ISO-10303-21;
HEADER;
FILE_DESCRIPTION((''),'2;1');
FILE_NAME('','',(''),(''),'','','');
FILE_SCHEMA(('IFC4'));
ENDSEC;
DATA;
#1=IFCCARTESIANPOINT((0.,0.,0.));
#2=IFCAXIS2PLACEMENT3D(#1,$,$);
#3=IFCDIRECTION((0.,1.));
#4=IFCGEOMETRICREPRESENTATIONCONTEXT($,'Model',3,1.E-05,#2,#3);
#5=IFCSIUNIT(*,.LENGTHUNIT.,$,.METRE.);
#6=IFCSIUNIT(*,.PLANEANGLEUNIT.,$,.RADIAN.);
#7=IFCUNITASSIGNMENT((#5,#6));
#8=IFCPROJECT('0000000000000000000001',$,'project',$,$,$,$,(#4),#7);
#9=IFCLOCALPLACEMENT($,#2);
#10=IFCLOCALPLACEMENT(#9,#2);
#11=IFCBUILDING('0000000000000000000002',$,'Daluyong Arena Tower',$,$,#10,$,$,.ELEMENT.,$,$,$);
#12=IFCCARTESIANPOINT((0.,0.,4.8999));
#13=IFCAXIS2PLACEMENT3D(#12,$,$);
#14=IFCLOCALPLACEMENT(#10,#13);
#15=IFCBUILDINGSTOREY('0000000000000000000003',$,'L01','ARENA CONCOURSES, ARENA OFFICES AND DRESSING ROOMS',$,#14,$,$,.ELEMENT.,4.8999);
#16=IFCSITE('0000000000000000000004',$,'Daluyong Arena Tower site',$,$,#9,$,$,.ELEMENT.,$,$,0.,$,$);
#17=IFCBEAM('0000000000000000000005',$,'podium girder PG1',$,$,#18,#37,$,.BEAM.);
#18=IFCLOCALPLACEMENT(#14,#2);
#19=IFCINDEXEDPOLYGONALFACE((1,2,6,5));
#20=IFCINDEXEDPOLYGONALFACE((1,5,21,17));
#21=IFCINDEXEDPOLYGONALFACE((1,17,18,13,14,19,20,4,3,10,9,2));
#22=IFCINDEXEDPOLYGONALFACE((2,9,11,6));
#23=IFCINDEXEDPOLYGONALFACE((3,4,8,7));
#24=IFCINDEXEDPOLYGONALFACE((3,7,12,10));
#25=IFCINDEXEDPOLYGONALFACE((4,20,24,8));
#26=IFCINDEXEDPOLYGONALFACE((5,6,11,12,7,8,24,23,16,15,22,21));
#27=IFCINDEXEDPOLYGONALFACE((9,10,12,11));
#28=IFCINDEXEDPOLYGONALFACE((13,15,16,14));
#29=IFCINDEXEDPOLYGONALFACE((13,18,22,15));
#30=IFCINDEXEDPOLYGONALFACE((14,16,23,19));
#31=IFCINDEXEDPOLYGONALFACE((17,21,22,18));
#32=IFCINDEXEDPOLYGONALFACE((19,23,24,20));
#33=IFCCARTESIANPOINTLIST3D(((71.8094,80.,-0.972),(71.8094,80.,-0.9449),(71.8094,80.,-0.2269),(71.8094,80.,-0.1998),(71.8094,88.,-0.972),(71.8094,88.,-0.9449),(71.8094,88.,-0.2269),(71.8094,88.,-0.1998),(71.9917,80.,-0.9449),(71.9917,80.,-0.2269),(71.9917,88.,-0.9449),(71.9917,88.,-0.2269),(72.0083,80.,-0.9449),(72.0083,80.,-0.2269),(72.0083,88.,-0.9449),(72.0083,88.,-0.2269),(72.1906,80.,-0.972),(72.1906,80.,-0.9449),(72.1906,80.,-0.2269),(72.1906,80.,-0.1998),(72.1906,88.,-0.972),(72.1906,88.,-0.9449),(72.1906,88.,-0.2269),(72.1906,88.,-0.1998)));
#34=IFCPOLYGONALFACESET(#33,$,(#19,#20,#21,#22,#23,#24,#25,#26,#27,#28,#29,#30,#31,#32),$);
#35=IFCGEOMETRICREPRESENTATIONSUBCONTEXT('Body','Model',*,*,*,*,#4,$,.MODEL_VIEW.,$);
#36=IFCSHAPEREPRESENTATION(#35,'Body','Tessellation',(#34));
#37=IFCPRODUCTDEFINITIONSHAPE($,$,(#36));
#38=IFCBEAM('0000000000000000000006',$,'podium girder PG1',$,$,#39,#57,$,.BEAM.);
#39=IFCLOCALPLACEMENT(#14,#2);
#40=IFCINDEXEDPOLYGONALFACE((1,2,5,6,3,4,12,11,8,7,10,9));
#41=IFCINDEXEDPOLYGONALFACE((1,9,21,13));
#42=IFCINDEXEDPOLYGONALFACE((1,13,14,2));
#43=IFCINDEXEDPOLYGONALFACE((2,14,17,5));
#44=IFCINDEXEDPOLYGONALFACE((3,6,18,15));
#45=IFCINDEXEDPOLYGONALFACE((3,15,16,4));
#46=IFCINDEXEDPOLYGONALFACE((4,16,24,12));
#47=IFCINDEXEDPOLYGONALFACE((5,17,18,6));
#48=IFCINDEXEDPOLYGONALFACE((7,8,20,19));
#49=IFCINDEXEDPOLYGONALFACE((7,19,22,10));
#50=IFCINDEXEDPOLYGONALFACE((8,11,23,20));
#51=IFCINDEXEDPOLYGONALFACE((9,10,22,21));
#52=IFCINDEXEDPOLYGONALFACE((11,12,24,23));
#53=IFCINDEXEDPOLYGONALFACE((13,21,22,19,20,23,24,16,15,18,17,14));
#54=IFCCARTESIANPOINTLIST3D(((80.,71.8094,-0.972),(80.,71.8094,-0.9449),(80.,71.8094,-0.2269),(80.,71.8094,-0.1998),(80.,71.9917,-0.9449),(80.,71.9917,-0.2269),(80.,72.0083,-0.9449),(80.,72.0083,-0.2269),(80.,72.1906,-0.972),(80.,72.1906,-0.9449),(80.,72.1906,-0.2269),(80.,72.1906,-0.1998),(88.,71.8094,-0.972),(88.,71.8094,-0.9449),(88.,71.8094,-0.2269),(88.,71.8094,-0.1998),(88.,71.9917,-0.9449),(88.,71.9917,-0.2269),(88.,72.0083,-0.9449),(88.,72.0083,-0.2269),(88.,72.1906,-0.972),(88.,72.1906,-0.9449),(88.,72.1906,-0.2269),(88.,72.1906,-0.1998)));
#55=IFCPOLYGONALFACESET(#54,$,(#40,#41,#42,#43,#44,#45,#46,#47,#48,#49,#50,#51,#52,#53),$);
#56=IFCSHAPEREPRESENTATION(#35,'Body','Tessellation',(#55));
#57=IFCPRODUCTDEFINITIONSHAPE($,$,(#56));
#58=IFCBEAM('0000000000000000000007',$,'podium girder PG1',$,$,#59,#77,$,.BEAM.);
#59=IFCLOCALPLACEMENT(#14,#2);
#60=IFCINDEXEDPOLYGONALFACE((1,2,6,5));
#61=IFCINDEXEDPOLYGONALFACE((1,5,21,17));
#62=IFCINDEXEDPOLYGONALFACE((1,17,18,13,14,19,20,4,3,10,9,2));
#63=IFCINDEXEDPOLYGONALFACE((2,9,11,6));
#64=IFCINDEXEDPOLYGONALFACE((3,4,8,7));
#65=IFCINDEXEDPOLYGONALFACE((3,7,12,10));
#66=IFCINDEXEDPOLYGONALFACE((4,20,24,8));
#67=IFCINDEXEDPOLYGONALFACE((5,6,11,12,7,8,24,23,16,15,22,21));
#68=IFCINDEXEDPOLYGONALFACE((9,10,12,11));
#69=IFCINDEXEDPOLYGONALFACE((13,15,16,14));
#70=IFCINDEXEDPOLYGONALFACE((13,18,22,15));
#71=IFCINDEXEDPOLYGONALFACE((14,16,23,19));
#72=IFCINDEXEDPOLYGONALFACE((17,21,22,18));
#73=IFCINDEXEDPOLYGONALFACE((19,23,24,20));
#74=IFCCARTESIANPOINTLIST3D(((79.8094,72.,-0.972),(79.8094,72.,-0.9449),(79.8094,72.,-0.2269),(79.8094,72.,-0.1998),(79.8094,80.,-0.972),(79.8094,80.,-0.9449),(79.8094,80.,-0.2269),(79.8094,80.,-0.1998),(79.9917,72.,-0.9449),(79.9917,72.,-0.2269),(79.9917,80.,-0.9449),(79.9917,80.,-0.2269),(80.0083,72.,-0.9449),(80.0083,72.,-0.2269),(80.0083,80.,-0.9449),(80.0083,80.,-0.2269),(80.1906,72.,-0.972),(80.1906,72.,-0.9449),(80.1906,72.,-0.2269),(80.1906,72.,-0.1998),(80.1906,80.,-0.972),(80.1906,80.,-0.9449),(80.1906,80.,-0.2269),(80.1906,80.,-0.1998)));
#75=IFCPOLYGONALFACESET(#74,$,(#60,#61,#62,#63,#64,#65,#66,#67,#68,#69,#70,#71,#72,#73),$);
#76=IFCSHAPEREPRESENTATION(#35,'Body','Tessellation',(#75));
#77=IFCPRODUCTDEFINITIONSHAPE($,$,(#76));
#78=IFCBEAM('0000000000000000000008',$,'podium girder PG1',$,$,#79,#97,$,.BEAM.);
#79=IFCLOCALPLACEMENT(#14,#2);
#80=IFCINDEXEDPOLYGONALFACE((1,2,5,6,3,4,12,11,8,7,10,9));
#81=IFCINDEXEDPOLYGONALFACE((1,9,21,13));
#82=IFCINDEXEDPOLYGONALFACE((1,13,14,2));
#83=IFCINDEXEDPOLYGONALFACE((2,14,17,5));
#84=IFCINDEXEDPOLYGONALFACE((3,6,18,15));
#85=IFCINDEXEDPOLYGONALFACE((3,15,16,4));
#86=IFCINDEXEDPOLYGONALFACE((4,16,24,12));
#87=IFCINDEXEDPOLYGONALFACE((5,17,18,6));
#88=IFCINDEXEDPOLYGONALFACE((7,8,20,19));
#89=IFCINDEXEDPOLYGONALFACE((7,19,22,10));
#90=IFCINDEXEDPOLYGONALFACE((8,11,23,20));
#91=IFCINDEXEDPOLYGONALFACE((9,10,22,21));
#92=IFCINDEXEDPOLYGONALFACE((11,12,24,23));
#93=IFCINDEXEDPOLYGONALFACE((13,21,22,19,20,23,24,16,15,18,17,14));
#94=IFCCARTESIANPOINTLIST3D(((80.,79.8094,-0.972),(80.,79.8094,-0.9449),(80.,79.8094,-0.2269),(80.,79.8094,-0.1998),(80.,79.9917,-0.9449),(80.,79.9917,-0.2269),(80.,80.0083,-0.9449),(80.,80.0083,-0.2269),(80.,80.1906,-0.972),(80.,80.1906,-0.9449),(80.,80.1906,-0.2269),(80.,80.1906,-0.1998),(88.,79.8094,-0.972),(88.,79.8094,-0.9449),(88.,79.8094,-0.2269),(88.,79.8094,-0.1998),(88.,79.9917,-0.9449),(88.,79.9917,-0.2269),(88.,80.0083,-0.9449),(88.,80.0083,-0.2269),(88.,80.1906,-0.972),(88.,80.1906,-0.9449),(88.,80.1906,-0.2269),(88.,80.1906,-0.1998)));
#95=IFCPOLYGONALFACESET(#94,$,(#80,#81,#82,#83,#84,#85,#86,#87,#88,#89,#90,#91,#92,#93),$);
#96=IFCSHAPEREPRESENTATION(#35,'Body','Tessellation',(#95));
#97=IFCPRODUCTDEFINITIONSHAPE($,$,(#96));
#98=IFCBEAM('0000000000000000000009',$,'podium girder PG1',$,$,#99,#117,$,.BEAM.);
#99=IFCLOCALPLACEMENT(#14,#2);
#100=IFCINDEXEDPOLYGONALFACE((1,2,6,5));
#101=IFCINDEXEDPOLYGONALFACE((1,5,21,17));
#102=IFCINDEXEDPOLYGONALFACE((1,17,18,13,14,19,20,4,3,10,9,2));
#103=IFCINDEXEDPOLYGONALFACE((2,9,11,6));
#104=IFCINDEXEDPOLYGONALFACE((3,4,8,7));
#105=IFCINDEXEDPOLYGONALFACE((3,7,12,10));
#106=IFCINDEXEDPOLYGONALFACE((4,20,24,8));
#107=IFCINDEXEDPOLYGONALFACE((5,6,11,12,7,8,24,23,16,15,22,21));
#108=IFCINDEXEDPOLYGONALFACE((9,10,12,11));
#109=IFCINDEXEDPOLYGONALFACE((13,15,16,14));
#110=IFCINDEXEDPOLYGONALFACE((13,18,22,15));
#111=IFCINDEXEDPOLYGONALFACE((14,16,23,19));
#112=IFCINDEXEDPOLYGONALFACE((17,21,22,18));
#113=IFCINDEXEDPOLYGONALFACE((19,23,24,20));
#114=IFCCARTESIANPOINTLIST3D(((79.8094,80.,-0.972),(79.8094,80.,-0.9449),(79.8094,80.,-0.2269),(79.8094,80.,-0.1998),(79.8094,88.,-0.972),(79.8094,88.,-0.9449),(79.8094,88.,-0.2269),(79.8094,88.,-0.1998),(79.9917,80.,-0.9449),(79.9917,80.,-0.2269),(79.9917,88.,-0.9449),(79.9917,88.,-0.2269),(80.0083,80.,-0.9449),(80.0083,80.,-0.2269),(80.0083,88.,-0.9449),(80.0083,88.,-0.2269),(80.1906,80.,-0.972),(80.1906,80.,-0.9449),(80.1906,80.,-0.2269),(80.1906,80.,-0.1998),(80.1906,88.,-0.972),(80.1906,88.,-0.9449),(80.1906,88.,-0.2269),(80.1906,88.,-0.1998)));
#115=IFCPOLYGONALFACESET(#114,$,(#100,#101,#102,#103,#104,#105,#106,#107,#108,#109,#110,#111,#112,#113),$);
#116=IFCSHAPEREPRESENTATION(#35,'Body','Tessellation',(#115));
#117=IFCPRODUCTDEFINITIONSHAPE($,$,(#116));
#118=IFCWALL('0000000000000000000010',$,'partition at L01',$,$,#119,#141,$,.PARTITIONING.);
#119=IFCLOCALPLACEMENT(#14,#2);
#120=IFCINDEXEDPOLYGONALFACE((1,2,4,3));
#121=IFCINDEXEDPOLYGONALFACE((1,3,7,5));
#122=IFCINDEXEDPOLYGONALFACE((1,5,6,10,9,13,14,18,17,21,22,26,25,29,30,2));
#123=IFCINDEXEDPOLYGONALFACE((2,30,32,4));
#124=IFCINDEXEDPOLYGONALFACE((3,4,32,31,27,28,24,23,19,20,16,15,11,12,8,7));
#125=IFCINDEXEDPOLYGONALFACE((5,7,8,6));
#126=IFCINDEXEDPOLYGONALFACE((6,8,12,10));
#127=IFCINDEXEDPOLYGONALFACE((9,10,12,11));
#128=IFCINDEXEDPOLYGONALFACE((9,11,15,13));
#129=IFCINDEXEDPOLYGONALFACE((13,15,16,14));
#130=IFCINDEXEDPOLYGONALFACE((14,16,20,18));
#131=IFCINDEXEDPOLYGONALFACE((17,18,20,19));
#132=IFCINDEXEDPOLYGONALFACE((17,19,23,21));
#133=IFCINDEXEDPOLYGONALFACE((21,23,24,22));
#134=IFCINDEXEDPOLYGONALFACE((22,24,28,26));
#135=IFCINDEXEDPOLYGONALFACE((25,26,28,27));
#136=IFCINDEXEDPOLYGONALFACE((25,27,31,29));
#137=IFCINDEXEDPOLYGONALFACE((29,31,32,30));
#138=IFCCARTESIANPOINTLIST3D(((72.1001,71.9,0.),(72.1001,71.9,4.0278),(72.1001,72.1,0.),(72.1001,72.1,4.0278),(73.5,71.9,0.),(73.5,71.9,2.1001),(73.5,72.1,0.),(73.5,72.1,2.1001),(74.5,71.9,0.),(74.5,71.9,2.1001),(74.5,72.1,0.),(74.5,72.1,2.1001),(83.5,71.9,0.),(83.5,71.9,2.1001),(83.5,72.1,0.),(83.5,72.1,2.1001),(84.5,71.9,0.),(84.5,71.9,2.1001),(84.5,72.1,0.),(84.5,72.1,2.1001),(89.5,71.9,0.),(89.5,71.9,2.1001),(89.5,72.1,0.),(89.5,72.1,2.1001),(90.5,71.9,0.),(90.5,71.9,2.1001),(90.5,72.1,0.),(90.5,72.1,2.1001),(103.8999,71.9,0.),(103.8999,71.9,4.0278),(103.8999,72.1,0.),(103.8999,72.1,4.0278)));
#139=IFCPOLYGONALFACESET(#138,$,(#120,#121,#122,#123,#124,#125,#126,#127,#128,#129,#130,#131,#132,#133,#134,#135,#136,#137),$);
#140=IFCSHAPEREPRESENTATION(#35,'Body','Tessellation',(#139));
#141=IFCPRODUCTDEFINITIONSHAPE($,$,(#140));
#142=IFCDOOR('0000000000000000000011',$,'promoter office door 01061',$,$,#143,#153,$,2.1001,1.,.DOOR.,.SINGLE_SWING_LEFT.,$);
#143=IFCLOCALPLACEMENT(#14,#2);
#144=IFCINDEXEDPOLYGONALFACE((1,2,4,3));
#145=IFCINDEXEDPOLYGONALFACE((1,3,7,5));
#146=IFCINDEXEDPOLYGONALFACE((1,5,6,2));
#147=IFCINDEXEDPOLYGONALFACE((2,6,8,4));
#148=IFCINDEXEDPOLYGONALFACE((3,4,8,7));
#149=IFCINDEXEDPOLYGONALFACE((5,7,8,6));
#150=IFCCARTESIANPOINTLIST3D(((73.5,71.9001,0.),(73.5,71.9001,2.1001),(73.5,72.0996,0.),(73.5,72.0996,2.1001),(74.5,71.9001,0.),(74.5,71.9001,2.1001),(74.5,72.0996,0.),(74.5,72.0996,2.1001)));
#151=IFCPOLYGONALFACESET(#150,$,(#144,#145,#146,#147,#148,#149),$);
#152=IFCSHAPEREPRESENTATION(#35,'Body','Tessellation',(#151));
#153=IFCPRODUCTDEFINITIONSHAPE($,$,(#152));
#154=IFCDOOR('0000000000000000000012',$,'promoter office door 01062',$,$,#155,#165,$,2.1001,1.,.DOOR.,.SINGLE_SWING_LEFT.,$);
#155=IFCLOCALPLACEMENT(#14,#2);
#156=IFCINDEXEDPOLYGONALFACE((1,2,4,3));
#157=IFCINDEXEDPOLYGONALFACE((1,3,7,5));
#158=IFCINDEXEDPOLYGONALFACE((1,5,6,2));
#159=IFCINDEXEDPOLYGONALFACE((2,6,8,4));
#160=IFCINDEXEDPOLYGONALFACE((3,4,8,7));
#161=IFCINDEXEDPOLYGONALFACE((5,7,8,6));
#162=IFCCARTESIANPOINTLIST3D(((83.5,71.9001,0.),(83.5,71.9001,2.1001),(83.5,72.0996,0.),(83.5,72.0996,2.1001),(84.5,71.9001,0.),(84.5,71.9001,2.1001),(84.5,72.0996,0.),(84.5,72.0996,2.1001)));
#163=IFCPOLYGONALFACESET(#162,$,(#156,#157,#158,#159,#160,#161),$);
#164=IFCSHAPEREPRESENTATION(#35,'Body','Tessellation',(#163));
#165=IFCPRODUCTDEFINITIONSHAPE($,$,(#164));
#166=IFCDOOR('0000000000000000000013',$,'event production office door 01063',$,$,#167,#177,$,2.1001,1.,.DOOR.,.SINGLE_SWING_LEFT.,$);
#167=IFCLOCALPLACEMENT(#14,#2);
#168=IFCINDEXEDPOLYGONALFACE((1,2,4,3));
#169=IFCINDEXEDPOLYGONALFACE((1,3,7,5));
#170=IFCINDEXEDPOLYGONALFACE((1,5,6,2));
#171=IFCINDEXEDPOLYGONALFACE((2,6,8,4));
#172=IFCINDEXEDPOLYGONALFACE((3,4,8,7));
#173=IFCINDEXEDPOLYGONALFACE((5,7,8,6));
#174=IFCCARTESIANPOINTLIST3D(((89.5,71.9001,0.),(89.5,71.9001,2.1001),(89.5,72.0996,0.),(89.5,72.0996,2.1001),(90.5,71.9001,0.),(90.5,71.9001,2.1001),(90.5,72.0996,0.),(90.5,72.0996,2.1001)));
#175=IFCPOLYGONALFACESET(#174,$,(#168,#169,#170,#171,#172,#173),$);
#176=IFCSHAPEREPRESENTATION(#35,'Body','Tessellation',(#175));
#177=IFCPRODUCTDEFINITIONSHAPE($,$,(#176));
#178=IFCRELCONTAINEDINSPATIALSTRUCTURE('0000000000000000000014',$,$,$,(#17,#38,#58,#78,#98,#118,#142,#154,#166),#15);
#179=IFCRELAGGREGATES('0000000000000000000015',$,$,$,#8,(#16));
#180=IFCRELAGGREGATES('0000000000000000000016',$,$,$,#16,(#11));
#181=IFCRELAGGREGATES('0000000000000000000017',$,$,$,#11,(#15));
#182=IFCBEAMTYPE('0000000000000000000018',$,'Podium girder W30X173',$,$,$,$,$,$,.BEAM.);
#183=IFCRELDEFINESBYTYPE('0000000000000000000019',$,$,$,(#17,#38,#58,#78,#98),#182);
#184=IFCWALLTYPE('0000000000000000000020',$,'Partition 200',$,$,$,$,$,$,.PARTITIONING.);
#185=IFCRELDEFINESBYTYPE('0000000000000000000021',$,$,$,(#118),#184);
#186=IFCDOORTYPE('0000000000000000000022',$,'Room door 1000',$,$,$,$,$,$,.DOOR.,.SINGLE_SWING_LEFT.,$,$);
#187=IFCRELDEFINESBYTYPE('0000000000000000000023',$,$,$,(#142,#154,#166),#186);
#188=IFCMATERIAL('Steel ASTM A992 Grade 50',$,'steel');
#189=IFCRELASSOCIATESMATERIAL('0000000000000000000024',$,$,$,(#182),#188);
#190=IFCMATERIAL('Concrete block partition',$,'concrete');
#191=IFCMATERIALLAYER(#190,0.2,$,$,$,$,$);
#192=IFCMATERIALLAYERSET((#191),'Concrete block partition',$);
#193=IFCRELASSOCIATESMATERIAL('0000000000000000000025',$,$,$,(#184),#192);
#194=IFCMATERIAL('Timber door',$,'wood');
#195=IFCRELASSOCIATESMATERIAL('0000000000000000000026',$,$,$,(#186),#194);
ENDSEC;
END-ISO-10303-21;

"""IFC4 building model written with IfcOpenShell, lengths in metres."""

from ifc_helpers import new_model, si_unit, direction, frame, frame_2d, origin, origin_2d, place, context, subcontext, project, spatial, rectangle, i_section, extrude, material, layer, layer_set, material_profile, profile_set, type_object, element, fill, save


model = new_model("IFC4")

# Units and contexts
model_context = context("Model", 3, precision=1e-05, world=origin(), true_north=direction((0.0, 1.0)))
body_context = subcontext(model_context, "Body", "Model", "MODEL_VIEW")
ifc_project = project(units=[si_unit("LENGTHUNIT", "METRE"), si_unit("PLANEANGLEUNIT", "RADIAN")], contexts=[model_context])

# Site, building, storey
site_placement = place(None, origin())
site = spatial("IfcSite", under=ifc_project, at=site_placement, Name="Daluyong Arena Tower site", CompositionType="ELEMENT", RefElevation=0.0)
building_placement = place(site_placement, origin())
building = spatial("IfcBuilding", under=site, at=building_placement, Name="Daluyong Arena Tower", CompositionType="ELEMENT")
storey_placement = place(building_placement, frame((0.0, 0.0, 4.8999)))
storey = spatial("IfcBuildingStorey", under=building, at=storey_placement, Name="L01", Description="ARENA CONCOURSES, ARENA OFFICES AND DRESSING ROOMS", CompositionType="ELEMENT", Elevation=4.8999)

# Beams
ifc_material_1 = material(Name="Steel ASTM A992 Grade 50", Category="steel")
ifc_material_profile_1 = material_profile(ifc_material_1, i_section(OverallWidth=0.3811, OverallDepth=0.7722, WebThickness=0.0166, FlangeThickness=0.0271, at=origin_2d()))
ifc_profile_set_1 = profile_set([ifc_material_profile_1], Name="Steel ASTM A992 Grade 50")
beam_type_1 = type_object("IfcBeamType", Name="Podium girder W30X173", PredefinedType="BEAM", material=ifc_profile_set_1)
for number, where, z_axis, x_axis, name in (
    (1, (72.0, 80.0, -0.5859), (0.0, 1.0, 0.0), (-1.0, 0.0, 0.0), "podium girder PG1"),
    (2, (80.0, 72.0, -0.5859), (1.0, 0.0, 0.0), (0.0, 1.0, 0.0), "podium girder PG1"),
    (3, (80.0, 72.0, -0.5859), (0.0, 1.0, 0.0), (-1.0, 0.0, 0.0), "podium girder PG1"),
    (4, (80.0, 80.0, -0.5859), (1.0, 0.0, 0.0), (0.0, 1.0, 0.0), "podium girder PG1"),
    (5, (80.0, 80.0, -0.5859), (0.0, 1.0, 0.0), (-1.0, 0.0, 0.0), "podium girder PG1"),
):
    element("IfcBeam", number, at=place(storey_placement, frame(where, z_axis=z_axis, x_axis=x_axis)), inside=storey, type_object=beam_type_1, Name=name, PredefinedType="BEAM", context=body_context, shape_type="SweptSolid", body=[
        extrude(i_section(OverallWidth=0.3811, OverallDepth=0.7722, WebThickness=0.0166, FlangeThickness=0.0271, at=origin_2d()), origin(), (0.0, 0.0, 1.0), 8.0),
    ])

# Wall, openings, doors
ifc_material_2 = material(Name="Concrete block partition", Category="concrete")
ifc_layer = layer(ifc_material_2, 0.2)
ifc_layer_set = layer_set([ifc_layer], Name="Concrete block partition")
wall_type = type_object("IfcWallType", Name="Partition 200", PredefinedType="PARTITIONING", material=ifc_layer_set)
wall_1_placement = place(storey_placement, frame((72.1001, 72.0, 0.0), z_axis=(0.0, 0.0, 1.0), x_axis=(1.0, 0.0, 0.0)))
wall_1 = element("IfcWall", 6, at=wall_1_placement, inside=storey, type_object=wall_type, Name="partition at L01", PredefinedType="PARTITIONING", context=body_context, shape_type="SweptSolid", body=[
    extrude(rectangle(XDim=31.7998, YDim=0.2, at=frame_2d((15.8999, 0.0))), origin(), (0.0, 0.0, 1.0), 4.0278),
])
opening_1_placement = place(wall_1_placement, frame((1.3999, 0.0, 0.0)))
opening_1 = element("IfcOpeningElement", 7, at=opening_1_placement, cuts=wall_1, PredefinedType="OPENING", context=body_context, shape_type="SweptSolid", body=[
    extrude(rectangle(XDim=1.0, YDim=2.1001, at=frame_2d((0.5, 1.05))), frame((0.0, 0.1099, 0.0), z_axis=(0.0, -1.0, 0.0), x_axis=(1.0, 0.0, 0.0)), (0.0, 0.0, 1.0), 0.22),
])
opening_2_placement = place(wall_1_placement, frame((11.3999, 0.0, 0.0)))
opening_2 = element("IfcOpeningElement", 8, at=opening_2_placement, cuts=wall_1, PredefinedType="OPENING", context=body_context, shape_type="SweptSolid", body=[
    extrude(rectangle(XDim=1.0, YDim=2.1001, at=frame_2d((0.5, 1.05))), frame((0.0, 0.1099, 0.0), z_axis=(0.0, -1.0, 0.0), x_axis=(1.0, 0.0, 0.0)), (0.0, 0.0, 1.0), 0.22),
])
opening_3_placement = place(wall_1_placement, frame((17.3999, 0.0, 0.0)))
opening_3 = element("IfcOpeningElement", 9, at=opening_3_placement, cuts=wall_1, PredefinedType="OPENING", context=body_context, shape_type="SweptSolid", body=[
    extrude(rectangle(XDim=1.0, YDim=2.1001, at=frame_2d((0.5, 1.05))), frame((0.0, 0.1099, 0.0), z_axis=(0.0, -1.0, 0.0), x_axis=(1.0, 0.0, 0.0)), (0.0, 0.0, 1.0), 0.22),
])
ifc_material_3 = material(Name="Timber door", Category="wood")
door_type = type_object("IfcDoorType", Name="Room door 1000", OperationType="SINGLE_SWING_LEFT", PredefinedType="DOOR", material=ifc_material_3)
door_1_placement = place(opening_1_placement, origin())
door_1 = element("IfcDoor", 10, at=door_1_placement, inside=storey, type_object=door_type, Name="promoter office door 01061", OperationType="SINGLE_SWING_LEFT", OverallHeight=2.1001, OverallWidth=1.0, PredefinedType="DOOR", context=body_context, shape_type="SweptSolid", body=[
    extrude(rectangle(XDim=1.0, YDim=2.1001, at=frame_2d((0.5, 1.05))), frame((0.0, 0.0996, 0.0), z_axis=(0.0, -1.0, 0.0), x_axis=(1.0, 0.0, 0.0)), (0.0, 0.0, 1.0), 0.1995),
])
fill(opening_1, door_1)
door_2_placement = place(opening_2_placement, origin())
door_2 = element("IfcDoor", 11, at=door_2_placement, inside=storey, type_object=door_type, Name="promoter office door 01062", OperationType="SINGLE_SWING_LEFT", OverallHeight=2.1001, OverallWidth=1.0, PredefinedType="DOOR", context=body_context, shape_type="SweptSolid", body=[
    extrude(rectangle(XDim=1.0, YDim=2.1001, at=frame_2d((0.5, 1.05))), frame((0.0, 0.0996, 0.0), z_axis=(0.0, -1.0, 0.0), x_axis=(1.0, 0.0, 0.0)), (0.0, 0.0, 1.0), 0.1995),
])
fill(opening_2, door_2)
door_3_placement = place(opening_3_placement, origin())
door_3 = element("IfcDoor", 12, at=door_3_placement, inside=storey, type_object=door_type, Name="event production office door 01063", OperationType="SINGLE_SWING_LEFT", OverallHeight=2.1001, OverallWidth=1.0, PredefinedType="DOOR", context=body_context, shape_type="SweptSolid", body=[
    extrude(rectangle(XDim=1.0, YDim=2.1001, at=frame_2d((0.5, 1.05))), frame((0.0, 0.0996, 0.0), z_axis=(0.0, -1.0, 0.0), x_axis=(1.0, 0.0, 0.0)), (0.0, 0.0, 1.0), 0.1995),
])
fill(opening_3, door_3)

save(model, "model.ifc")
